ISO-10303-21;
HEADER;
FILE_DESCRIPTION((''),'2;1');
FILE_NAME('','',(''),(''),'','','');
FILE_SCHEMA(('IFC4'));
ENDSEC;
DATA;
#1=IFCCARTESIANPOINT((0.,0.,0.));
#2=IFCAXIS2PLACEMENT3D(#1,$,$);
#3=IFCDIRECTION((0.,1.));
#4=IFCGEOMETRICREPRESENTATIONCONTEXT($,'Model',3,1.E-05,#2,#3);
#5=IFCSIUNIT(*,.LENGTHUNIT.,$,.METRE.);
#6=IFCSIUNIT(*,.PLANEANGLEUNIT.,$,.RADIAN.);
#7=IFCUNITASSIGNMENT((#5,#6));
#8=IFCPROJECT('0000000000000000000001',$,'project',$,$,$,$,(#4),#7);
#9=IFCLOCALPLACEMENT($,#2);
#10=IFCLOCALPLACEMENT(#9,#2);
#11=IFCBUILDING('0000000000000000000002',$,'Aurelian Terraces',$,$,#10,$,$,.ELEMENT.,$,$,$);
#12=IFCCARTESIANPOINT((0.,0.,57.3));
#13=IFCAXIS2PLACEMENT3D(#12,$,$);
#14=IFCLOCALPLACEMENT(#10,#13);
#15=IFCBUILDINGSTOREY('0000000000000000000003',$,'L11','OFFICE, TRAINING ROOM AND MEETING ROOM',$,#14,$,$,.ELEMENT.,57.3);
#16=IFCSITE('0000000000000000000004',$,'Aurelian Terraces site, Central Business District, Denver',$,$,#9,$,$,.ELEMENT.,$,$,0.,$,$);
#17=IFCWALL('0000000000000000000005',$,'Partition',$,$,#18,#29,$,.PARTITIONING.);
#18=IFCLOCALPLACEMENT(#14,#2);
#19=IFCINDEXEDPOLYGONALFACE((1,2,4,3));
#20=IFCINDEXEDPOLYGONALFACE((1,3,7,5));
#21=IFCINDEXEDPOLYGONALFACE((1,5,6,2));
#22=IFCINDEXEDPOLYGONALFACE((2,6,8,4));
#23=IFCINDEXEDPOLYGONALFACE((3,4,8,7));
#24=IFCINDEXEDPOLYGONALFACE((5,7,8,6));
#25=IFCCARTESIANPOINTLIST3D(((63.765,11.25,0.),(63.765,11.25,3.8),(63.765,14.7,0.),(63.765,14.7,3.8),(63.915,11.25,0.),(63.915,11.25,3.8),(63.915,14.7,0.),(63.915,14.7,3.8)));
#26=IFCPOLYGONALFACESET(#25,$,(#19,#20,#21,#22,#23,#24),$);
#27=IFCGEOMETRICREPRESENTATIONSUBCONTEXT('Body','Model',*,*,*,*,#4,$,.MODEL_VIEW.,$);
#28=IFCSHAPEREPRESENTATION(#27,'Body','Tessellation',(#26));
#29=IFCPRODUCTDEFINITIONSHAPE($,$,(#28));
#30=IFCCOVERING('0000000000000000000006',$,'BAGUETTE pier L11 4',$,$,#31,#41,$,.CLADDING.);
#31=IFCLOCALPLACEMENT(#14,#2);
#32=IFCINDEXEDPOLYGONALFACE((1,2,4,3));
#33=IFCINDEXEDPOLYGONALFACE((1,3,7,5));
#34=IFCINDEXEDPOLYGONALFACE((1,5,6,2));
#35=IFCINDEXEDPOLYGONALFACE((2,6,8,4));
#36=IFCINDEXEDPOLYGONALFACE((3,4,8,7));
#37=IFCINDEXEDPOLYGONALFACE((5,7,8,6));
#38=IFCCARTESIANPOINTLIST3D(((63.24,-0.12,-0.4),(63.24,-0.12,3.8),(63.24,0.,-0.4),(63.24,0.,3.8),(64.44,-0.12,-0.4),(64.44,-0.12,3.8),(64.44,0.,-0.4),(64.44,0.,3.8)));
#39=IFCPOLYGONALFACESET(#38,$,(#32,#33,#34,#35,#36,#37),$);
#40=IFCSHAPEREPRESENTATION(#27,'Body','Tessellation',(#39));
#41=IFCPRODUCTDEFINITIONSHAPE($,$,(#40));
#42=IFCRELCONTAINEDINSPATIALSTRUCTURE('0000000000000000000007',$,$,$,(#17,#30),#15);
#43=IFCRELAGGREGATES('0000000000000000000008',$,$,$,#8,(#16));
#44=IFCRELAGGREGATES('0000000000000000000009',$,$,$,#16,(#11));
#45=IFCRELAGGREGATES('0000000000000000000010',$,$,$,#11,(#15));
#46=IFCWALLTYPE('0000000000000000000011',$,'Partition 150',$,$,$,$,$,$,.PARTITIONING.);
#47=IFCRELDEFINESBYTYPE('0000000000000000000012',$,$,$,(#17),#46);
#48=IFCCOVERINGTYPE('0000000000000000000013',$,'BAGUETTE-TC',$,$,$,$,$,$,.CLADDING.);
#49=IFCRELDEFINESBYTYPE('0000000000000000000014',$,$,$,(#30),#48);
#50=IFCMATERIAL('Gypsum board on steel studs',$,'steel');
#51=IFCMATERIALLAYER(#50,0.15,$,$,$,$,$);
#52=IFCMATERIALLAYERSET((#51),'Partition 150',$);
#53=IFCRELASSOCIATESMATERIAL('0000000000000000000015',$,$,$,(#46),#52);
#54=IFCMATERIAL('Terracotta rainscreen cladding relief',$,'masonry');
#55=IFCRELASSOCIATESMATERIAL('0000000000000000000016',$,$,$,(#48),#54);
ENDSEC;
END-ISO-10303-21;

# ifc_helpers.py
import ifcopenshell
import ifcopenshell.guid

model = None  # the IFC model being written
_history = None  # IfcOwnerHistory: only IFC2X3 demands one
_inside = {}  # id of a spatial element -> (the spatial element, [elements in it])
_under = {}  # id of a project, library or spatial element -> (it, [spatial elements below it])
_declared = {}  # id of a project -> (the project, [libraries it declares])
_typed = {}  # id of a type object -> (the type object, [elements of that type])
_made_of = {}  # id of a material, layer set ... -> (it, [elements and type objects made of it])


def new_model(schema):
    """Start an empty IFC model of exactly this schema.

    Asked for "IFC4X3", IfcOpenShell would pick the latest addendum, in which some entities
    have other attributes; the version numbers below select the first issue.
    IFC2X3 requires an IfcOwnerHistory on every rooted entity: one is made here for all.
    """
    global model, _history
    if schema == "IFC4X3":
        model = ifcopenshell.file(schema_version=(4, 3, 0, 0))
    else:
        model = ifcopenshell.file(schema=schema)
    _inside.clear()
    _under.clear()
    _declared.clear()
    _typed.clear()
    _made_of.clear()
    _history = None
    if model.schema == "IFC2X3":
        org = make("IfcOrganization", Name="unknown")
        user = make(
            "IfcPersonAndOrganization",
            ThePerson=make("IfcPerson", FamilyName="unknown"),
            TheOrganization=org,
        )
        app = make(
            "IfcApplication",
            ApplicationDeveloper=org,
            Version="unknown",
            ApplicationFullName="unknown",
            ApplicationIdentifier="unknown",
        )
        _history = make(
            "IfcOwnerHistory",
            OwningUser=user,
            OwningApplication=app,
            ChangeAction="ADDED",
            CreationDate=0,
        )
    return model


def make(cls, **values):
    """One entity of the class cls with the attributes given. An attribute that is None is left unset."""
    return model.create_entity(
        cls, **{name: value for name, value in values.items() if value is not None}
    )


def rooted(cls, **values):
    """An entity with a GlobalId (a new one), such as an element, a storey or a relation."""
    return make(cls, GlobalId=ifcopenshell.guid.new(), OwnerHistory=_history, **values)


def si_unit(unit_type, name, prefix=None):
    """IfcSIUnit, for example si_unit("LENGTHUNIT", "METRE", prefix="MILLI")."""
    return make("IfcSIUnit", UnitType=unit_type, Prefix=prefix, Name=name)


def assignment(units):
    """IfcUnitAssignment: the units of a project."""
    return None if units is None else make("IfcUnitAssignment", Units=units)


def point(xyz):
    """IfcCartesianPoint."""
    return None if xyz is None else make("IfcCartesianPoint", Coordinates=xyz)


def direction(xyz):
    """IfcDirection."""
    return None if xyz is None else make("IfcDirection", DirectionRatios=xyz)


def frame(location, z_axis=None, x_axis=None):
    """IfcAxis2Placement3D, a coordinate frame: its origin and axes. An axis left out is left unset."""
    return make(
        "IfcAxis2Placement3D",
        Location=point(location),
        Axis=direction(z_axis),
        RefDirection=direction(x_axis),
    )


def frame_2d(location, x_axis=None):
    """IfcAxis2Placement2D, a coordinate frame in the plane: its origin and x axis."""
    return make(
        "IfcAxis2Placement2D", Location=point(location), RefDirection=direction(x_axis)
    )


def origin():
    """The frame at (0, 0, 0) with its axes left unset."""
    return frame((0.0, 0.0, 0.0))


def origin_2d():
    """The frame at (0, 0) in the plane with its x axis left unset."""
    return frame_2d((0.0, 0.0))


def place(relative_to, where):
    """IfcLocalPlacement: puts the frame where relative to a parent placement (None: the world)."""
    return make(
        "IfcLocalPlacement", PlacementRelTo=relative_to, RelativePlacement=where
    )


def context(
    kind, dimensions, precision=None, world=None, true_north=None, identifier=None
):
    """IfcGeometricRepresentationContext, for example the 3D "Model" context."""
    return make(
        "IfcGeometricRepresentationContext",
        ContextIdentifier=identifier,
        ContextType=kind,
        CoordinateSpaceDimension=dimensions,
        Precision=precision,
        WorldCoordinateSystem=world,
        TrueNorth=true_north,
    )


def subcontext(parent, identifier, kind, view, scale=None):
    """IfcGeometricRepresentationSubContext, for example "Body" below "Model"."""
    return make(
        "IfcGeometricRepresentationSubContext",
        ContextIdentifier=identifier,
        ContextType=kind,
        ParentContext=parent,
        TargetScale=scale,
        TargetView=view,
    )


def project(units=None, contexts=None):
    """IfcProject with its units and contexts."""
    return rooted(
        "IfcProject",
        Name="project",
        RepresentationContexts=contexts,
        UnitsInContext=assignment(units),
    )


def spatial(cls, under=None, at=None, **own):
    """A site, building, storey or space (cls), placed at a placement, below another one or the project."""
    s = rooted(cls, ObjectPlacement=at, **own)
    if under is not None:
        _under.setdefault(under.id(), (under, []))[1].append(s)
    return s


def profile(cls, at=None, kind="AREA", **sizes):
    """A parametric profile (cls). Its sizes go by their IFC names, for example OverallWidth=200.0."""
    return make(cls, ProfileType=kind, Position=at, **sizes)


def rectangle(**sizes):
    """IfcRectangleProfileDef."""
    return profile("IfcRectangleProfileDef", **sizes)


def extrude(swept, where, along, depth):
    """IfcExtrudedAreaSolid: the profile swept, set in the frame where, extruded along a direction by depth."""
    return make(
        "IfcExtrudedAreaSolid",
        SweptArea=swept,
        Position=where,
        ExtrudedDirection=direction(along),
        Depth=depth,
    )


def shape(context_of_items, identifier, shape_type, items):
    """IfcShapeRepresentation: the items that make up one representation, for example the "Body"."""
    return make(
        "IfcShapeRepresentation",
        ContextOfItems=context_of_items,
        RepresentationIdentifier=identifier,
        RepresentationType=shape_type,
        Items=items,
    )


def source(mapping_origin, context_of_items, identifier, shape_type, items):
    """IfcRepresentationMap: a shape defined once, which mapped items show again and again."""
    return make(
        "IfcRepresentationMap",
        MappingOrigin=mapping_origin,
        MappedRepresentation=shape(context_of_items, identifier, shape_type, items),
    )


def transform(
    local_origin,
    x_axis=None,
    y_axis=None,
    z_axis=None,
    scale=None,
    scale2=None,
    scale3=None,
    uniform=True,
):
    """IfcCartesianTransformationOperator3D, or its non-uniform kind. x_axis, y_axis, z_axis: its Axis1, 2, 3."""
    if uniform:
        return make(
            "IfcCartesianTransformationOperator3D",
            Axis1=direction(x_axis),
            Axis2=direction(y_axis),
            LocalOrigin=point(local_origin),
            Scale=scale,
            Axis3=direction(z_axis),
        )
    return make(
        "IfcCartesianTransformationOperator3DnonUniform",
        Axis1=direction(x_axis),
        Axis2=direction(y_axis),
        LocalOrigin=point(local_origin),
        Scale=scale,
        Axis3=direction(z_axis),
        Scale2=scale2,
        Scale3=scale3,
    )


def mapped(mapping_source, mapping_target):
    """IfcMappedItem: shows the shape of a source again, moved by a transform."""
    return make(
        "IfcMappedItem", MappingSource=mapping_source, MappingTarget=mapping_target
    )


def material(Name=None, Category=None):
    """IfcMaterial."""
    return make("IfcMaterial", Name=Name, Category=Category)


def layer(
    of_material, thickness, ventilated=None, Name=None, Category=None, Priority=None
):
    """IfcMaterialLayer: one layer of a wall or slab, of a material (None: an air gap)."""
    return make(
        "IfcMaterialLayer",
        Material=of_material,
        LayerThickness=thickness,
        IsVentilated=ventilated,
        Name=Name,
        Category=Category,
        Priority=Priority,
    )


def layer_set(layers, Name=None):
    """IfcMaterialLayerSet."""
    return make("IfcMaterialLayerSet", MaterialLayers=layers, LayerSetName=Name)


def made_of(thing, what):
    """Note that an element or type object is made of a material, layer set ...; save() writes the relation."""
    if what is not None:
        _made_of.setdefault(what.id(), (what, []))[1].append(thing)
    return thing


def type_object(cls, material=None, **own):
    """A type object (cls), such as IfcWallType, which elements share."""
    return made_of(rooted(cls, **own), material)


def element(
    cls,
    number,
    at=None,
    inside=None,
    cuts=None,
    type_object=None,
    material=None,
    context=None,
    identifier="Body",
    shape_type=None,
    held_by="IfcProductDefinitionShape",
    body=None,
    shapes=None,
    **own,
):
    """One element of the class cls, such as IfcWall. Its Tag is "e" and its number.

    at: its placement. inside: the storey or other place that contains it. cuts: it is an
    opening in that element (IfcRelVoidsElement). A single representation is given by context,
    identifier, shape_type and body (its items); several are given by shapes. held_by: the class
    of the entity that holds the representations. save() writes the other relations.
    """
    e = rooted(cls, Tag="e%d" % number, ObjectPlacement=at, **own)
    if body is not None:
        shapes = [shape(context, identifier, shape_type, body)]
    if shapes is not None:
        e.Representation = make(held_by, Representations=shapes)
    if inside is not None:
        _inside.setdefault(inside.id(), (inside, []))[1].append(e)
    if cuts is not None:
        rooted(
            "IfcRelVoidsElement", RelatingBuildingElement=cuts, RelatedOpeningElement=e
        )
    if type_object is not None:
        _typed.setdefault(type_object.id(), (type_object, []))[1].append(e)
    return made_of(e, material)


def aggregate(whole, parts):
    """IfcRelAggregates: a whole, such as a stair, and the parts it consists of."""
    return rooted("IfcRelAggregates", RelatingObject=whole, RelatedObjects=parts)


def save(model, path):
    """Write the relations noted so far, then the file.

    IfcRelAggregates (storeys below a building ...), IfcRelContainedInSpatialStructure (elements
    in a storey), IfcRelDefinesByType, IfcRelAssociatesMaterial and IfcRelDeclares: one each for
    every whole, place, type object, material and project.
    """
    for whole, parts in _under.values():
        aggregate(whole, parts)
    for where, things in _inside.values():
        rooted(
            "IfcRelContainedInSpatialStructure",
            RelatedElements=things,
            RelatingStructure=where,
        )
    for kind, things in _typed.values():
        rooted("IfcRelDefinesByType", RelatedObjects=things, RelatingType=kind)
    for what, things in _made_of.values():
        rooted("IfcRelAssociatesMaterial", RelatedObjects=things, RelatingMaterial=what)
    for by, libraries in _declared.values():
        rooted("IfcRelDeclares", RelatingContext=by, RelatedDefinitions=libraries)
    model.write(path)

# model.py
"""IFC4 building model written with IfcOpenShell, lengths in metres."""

from ifc_helpers import new_model, si_unit, direction, frame, frame_2d, origin, origin_2d, place, context, subcontext, project, spatial, rectangle, extrude, source, transform, mapped, material, layer, layer_set, type_object, element, save


model = new_model("IFC4")

# Units and contexts
model_context = context("Model", 3, precision=1e-05, world=origin(), true_north=direction((0.0, 1.0)))
body_context = subcontext(model_context, "Body", "Model", "MODEL_VIEW")
ifc_project = project(units=[si_unit("LENGTHUNIT", "METRE"), si_unit("PLANEANGLEUNIT", "RADIAN")], contexts=[model_context])

# Site, building, storey
site_placement = place(None, origin())
site = spatial("IfcSite", under=ifc_project, at=site_placement, Name="Aurelian Terraces site, Central Business District, Denver", CompositionType="ELEMENT", RefElevation=0.0)
building_placement = place(site_placement, origin())
building = spatial("IfcBuilding", under=site, at=building_placement, Name="Aurelian Terraces", CompositionType="ELEMENT")
storey_placement = place(building_placement, frame((0.0, 0.0, 57.3)))
storey = spatial("IfcBuildingStorey", under=building, at=storey_placement, Name="L11", Description="OFFICE, TRAINING ROOM AND MEETING ROOM", CompositionType="ELEMENT", Elevation=57.3)

# Wall
ifc_material_1 = material(Name="Gypsum board on steel studs", Category="steel")
ifc_layer_1 = layer(ifc_material_1, 0.15)
ifc_layer_set_1 = layer_set([ifc_layer_1], Name="Partition 150")
wall_type_1 = type_object("IfcWallType", Name="Partition 150", PredefinedType="PARTITIONING", material=ifc_layer_set_1)
shared_shape_1 = source(origin(), body_context, "Body", "SweptSolid", [
    extrude(rectangle(XDim=3.45, YDim=0.15, at=frame_2d((1.725, 0.0))), origin(), (0.0, 0.0, 1.0), 3.8),
])
for number, where, z_axis, x_axis, name in (
    (1, (63.84, 11.25, 0.0), (0.0, 0.0, 1.0), (0.0, 1.0, 0.0), "Partition"),
):
    element("IfcWall", number, at=place(storey_placement, frame(where, z_axis=z_axis, x_axis=x_axis)), inside=storey, type_object=wall_type_1, Name=name, PredefinedType="PARTITIONING", context=body_context, shape_type="MappedRepresentation", body=[
        mapped(shared_shape_1, transform((0.0, 0.0, 0.0), scale=1.0)),
    ])

# Covering
ifc_material_2 = material(Name="Terracotta rainscreen cladding relief", Category="masonry")
covering_type = type_object("IfcCoveringType", Name="BAGUETTE-TC", PredefinedType="CLADDING", material=ifc_material_2)
shared_shape_2 = source(origin(), body_context, "Body", "SweptSolid", [
    extrude(rectangle(XDim=1.2, YDim=0.12, at=origin_2d()), origin(), (0.0, 0.0, 1.0), 4.2),
])
covering_placement = place(storey_placement, frame((63.84, -0.06, -0.4), z_axis=(0.0, 0.0, 1.0), x_axis=(1.0, 0.0, 0.0)))
element("IfcCovering", 2, at=covering_placement, inside=storey, type_object=covering_type, Name="BAGUETTE pier L11 4", PredefinedType="CLADDING", context=body_context, shape_type="MappedRepresentation", body=[
    mapped(shared_shape_2, transform((0.0, 0.0, 0.0), scale=1.0)),
])

save(model, "model.ifc")
